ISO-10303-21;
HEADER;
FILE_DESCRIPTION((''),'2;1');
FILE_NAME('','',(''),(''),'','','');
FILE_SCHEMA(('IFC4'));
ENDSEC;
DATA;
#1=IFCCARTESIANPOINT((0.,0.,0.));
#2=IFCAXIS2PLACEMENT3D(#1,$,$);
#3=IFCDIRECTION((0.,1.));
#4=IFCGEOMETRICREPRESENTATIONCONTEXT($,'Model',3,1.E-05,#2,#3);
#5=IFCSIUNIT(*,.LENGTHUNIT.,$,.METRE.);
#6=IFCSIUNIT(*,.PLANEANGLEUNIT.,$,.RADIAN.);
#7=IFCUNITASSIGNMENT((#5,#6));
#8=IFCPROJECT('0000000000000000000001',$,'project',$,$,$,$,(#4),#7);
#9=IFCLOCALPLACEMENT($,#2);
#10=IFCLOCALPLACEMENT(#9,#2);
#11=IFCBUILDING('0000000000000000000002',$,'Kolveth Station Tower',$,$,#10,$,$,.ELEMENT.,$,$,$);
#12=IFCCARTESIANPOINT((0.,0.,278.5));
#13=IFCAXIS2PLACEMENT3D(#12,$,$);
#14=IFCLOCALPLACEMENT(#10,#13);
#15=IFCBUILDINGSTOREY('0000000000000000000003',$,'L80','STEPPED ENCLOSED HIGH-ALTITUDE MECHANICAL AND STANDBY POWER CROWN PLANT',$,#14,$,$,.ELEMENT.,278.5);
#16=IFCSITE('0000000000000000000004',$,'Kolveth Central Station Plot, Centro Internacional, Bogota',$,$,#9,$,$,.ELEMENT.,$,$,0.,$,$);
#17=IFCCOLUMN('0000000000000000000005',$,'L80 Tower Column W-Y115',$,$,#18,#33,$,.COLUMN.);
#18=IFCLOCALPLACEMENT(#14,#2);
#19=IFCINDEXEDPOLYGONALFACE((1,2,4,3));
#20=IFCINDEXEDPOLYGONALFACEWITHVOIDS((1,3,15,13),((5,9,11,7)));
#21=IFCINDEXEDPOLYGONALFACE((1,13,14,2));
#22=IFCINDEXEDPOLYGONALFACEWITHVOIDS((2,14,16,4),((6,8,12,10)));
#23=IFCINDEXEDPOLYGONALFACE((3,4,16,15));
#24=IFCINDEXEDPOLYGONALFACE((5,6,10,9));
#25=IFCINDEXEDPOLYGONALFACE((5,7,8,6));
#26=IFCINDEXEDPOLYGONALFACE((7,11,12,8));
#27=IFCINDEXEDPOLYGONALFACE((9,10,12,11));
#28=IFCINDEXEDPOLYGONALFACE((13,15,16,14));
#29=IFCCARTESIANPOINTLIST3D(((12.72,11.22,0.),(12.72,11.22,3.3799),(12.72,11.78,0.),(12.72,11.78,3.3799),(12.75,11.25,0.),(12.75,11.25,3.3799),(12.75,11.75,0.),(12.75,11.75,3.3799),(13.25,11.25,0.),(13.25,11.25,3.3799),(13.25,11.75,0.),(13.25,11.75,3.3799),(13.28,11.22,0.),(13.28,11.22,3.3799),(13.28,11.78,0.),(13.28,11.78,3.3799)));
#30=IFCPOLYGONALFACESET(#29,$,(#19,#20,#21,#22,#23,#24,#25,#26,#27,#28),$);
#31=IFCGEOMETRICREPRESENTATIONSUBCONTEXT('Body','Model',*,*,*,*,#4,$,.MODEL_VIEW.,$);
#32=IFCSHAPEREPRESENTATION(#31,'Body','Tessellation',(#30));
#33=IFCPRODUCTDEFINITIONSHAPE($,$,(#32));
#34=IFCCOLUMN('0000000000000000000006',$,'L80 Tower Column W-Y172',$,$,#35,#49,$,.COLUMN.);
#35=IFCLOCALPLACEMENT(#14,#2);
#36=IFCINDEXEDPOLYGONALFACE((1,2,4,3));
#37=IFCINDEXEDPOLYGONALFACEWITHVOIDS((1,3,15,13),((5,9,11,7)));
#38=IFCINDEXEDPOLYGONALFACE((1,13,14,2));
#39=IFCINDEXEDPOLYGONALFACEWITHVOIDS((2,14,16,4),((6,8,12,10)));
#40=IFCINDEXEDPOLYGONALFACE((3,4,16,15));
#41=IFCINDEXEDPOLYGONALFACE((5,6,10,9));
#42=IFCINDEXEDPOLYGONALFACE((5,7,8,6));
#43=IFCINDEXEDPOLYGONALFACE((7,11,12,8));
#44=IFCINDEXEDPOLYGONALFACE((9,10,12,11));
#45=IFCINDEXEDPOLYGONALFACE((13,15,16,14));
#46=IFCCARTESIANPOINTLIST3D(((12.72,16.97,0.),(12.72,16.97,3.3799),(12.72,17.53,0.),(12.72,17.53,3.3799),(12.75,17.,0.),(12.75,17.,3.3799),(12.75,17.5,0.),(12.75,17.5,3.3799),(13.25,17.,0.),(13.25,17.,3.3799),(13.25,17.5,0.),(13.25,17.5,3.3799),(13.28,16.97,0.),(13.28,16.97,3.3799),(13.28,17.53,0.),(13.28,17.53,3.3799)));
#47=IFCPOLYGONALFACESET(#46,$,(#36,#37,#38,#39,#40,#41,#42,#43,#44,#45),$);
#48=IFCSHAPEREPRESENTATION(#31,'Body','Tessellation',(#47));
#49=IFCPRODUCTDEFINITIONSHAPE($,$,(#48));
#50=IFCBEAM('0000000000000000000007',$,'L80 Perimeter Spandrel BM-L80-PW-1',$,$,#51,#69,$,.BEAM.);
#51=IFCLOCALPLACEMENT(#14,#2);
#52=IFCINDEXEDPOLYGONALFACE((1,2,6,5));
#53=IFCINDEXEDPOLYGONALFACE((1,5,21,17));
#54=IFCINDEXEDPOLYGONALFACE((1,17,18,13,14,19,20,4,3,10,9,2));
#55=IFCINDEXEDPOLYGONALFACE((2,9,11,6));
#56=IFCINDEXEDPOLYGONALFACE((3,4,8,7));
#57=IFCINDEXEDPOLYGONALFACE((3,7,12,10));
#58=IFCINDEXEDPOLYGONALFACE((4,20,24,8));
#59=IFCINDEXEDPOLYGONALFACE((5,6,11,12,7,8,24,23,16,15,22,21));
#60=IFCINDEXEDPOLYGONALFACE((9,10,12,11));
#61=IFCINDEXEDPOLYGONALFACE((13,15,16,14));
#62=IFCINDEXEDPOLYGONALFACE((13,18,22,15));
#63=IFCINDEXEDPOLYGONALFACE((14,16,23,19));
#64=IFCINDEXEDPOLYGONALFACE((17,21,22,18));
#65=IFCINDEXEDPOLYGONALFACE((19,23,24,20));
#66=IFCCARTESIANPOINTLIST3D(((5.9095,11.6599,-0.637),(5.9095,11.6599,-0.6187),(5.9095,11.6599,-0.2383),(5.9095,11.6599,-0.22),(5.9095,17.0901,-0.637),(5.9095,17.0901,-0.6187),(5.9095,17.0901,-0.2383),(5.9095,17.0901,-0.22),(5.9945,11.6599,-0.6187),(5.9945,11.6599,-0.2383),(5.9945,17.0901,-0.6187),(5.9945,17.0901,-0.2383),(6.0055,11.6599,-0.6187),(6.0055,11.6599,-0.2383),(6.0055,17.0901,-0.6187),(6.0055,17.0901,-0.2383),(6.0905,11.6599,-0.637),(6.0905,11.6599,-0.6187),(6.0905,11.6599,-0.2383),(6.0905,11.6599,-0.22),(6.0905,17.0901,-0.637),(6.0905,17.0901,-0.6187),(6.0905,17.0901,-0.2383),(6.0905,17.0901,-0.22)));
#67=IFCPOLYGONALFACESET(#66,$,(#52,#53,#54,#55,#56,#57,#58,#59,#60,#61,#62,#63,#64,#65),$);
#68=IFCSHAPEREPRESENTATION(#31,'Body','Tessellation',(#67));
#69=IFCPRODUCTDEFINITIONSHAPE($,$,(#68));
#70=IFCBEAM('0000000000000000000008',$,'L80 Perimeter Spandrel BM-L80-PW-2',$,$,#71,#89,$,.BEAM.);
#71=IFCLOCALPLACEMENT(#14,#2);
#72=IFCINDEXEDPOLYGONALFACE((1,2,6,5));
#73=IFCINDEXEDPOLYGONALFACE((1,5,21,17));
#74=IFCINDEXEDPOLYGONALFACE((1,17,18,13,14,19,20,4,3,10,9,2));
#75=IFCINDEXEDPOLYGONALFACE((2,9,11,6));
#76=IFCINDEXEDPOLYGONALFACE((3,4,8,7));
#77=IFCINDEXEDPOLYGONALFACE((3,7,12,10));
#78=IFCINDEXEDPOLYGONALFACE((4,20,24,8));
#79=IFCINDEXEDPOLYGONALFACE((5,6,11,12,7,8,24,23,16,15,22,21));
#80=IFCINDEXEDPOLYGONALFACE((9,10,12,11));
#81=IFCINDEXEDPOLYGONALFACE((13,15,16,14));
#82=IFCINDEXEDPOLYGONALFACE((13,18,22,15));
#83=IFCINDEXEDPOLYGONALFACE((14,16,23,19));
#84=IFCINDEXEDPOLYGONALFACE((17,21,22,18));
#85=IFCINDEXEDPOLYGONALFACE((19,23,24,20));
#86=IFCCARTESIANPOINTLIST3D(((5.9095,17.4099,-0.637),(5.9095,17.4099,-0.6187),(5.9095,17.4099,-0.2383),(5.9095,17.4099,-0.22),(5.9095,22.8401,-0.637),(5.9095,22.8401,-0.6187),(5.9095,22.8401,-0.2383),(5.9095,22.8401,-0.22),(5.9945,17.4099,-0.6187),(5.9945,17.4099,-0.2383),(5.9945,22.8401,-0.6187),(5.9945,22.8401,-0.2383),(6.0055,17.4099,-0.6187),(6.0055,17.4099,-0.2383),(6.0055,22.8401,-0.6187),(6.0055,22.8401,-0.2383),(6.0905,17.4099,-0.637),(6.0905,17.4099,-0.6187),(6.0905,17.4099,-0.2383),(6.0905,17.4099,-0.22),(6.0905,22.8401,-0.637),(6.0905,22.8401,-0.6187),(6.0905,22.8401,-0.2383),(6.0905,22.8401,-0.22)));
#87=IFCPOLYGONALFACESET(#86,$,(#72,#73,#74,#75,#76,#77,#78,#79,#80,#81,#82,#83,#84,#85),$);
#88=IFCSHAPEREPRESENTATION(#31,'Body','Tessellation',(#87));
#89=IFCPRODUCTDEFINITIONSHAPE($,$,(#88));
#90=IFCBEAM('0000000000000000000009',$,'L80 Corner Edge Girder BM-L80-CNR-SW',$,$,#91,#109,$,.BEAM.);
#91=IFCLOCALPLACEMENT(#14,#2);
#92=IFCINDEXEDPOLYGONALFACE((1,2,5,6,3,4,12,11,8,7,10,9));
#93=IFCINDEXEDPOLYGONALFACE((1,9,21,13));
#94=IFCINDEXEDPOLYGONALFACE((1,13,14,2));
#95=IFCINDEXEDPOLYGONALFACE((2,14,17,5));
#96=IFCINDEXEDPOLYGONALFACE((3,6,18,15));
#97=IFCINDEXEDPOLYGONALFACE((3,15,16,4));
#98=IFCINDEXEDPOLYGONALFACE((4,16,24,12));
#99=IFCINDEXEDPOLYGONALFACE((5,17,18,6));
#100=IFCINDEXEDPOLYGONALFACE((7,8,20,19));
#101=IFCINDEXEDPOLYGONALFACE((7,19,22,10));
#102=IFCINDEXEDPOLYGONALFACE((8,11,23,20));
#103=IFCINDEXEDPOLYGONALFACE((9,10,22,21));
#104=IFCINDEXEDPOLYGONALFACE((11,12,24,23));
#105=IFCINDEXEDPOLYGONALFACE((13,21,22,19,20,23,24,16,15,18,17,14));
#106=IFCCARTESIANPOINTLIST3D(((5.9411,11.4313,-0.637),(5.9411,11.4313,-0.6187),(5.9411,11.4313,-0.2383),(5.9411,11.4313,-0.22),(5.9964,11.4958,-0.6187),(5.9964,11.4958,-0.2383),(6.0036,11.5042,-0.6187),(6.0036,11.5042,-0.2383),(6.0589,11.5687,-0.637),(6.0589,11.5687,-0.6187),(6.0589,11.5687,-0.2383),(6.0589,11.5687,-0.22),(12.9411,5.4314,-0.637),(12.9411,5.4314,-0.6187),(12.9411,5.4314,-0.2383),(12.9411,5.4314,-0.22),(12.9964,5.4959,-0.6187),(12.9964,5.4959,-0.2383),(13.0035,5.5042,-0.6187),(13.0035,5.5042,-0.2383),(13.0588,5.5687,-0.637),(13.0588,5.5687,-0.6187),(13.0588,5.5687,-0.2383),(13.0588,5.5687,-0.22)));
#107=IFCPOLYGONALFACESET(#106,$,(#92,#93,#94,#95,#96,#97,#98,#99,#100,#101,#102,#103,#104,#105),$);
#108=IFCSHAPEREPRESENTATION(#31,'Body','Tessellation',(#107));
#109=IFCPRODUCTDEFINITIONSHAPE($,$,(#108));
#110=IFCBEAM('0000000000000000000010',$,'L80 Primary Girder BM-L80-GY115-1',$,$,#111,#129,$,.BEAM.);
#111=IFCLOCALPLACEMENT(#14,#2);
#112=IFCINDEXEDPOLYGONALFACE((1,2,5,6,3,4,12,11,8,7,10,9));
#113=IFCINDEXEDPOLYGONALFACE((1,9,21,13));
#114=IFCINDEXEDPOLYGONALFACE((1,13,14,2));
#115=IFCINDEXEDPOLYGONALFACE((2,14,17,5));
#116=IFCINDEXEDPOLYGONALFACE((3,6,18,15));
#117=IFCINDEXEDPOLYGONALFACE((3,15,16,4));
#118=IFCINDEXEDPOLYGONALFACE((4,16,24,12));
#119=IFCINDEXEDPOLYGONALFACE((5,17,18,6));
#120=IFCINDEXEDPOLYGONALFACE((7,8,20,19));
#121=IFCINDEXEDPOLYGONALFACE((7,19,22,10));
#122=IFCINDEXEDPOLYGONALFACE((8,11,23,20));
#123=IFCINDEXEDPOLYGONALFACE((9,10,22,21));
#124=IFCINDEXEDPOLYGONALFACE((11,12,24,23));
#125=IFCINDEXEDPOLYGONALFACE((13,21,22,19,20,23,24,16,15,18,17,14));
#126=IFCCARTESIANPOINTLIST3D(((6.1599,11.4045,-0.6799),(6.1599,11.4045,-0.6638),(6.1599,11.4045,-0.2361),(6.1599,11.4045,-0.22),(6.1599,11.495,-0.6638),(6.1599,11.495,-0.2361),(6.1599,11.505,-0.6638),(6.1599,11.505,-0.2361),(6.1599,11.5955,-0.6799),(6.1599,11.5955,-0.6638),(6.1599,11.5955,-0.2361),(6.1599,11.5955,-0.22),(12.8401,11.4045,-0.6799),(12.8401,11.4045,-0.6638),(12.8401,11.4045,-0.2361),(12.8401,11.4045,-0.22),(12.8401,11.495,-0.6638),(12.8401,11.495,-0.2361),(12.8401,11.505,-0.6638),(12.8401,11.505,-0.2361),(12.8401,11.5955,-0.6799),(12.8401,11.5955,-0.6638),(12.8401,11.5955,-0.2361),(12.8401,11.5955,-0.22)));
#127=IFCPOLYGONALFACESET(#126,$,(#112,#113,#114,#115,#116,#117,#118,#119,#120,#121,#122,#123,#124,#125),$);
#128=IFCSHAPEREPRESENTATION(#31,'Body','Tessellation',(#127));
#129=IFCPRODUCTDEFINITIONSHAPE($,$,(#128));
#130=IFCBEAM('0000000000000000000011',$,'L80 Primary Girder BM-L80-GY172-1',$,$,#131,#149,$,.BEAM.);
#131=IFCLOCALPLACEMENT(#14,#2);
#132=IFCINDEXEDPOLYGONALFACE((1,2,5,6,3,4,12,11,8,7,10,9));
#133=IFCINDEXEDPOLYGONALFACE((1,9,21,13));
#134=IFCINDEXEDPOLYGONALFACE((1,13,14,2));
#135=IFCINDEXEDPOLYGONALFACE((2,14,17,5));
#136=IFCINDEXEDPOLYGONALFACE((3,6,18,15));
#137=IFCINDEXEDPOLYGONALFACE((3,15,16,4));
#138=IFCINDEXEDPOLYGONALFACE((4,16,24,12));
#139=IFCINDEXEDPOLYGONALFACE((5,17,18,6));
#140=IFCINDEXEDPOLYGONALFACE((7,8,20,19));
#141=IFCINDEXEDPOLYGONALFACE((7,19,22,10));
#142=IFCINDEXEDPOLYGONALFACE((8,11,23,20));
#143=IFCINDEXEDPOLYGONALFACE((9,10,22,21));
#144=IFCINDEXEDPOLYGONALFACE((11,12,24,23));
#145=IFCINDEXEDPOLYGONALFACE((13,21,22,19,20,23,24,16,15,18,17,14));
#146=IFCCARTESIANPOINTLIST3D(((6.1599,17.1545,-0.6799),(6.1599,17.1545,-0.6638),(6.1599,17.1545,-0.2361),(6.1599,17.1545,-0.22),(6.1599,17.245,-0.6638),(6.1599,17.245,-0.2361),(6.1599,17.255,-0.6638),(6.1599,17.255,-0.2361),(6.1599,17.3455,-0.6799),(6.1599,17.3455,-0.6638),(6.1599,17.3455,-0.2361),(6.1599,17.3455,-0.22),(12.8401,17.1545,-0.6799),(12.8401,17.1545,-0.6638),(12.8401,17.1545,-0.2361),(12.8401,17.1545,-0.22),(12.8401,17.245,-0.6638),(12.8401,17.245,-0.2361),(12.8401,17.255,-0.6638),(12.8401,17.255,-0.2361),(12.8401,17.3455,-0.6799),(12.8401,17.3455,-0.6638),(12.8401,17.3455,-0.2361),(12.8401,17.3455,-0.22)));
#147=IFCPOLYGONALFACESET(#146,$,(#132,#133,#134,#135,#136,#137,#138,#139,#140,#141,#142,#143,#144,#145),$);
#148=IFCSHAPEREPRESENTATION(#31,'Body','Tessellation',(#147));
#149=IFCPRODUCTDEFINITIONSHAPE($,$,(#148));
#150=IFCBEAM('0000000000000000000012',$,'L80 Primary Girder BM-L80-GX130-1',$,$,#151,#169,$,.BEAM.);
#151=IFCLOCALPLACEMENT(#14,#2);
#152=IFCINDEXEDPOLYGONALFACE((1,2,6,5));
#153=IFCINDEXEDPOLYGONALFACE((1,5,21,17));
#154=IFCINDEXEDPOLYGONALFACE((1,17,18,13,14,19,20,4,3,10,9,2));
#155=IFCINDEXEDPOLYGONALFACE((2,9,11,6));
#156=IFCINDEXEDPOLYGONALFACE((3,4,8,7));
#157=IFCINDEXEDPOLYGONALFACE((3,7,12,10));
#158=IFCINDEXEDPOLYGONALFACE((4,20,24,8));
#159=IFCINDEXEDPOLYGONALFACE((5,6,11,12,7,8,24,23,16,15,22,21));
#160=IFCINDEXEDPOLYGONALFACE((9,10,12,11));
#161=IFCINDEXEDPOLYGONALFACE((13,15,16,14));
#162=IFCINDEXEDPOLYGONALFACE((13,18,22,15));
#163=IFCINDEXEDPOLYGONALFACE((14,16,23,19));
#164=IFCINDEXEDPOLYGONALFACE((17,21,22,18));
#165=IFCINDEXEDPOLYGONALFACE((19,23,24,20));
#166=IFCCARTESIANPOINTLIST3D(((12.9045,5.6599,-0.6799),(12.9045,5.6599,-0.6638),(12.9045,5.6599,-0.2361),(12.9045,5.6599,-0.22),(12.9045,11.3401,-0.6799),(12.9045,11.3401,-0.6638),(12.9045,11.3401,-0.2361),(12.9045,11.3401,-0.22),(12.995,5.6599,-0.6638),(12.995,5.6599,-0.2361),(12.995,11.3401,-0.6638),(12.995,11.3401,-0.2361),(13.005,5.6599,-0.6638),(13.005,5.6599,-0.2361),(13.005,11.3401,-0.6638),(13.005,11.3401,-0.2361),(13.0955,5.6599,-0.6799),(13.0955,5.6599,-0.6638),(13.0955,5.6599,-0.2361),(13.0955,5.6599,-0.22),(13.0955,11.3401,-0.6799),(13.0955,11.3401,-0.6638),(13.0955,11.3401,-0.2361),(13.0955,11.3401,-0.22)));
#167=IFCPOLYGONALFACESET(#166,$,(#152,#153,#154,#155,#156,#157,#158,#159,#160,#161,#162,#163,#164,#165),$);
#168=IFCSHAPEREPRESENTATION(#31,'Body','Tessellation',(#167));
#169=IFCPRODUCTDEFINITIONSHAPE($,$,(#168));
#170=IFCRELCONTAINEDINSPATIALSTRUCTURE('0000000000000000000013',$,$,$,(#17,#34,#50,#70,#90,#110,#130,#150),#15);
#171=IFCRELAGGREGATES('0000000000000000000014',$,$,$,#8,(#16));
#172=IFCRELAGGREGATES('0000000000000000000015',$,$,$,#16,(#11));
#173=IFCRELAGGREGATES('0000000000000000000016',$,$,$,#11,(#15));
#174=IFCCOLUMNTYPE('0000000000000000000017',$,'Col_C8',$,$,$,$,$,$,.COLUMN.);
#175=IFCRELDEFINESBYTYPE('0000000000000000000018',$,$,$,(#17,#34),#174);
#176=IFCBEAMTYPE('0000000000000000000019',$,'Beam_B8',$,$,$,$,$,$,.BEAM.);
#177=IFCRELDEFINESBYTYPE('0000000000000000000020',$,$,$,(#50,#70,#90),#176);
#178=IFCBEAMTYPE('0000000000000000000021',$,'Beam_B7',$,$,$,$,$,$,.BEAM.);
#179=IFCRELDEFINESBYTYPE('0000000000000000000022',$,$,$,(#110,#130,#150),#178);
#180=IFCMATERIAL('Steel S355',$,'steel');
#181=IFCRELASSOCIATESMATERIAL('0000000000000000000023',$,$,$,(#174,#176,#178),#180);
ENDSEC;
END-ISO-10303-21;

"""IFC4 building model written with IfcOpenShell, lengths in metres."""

from ifc_helpers import new_model, si_unit, direction, frame, origin, origin_2d, place, context, subcontext, project, spatial, hollow_rectangle, i_section, extrude, source, transform, mapped, material, material_profile, profile_set, type_object, element, save


model = new_model("IFC4")

# Units and contexts
model_context = context("Model", 3, precision=1e-05, world=origin(), true_north=direction((0.0, 1.0)))
body_context = subcontext(model_context, "Body", "Model", "MODEL_VIEW")
ifc_project = project(units=[si_unit("LENGTHUNIT", "METRE"), si_unit("PLANEANGLEUNIT", "RADIAN")], contexts=[model_context])

# Site, building, storey
site_placement = place(None, origin())
site = spatial("IfcSite", under=ifc_project, at=site_placement, Name="Kolveth Central Station Plot, Centro Internacional, Bogota", CompositionType="ELEMENT", RefElevation=0.0)
building_placement = place(site_placement, origin())
building = spatial("IfcBuilding", under=site, at=building_placement, Name="Kolveth Station Tower", CompositionType="ELEMENT")
storey_placement = place(building_placement, frame((0.0, 0.0, 278.5)))
storey = spatial("IfcBuildingStorey", under=building, at=storey_placement, Name="L80", Description="STEPPED ENCLOSED HIGH-ALTITUDE MECHANICAL AND STANDBY POWER CROWN PLANT", CompositionType="ELEMENT", Elevation=278.5)

# Columns
ifc_material_1 = material(Name="Steel S355", Category="steel")
ifc_material_profile_1 = material_profile(ifc_material_1, hollow_rectangle(XDim=0.5601, YDim=0.5601, WallThickness=0.03, at=origin_2d()), Name="BOX560x560x30")
ifc_profile_set_1 = profile_set([ifc_material_profile_1], Name="Steel S355")
column_type = type_object("IfcColumnType", Name="Col_C8", PredefinedType="COLUMN", material=ifc_profile_set_1)
shared_shape_1 = source(origin(), body_context, "Body", "SweptSolid", [
    extrude(hollow_rectangle(XDim=0.5601, YDim=0.5601, WallThickness=0.03, at=origin_2d()), origin(), (0.0, 0.0, 1.0), 3.3799),
])
for number, where, z_axis, x_axis, name in (
    (1, (13.0, 11.5, 0.0), (0.0, 0.0, 1.0), (1.0, 0.0, 0.0), "L80 Tower Column W-Y115"),
    (2, (13.0, 17.25, 0.0), (0.0, 0.0, 1.0), (1.0, 0.0, 0.0), "L80 Tower Column W-Y172"),
):
    element("IfcColumn", number, at=place(storey_placement, frame(where, z_axis=z_axis, x_axis=x_axis)), inside=storey, type_object=column_type, Name=name, PredefinedType="COLUMN", context=body_context, shape_type="MappedRepresentation", body=[
        mapped(shared_shape_1, transform((0.0, 0.0, 0.0), x_axis=(1.0, 0.0, 0.0), y_axis=(0.0, 1.0, 0.0), z_axis=(0.0, 0.0, 1.0), scale=1.0)),
    ])

# Beams
ifc_material_profile_2 = material_profile(ifc_material_1, i_section(OverallWidth=0.1809, OverallDepth=0.417, WebThickness=0.011, FlangeThickness=0.0183, at=origin_2d()), Name="W410x85")
ifc_profile_set_2 = profile_set([ifc_material_profile_2], Name="Steel S355")
beam_type_1 = type_object("IfcBeamType", Name="Beam_B8", PredefinedType="BEAM", material=ifc_profile_set_2)
shared_shape_2 = source(origin(), body_context, "Body", "SweptSolid", [
    extrude(i_section(OverallWidth=0.1809, OverallDepth=0.417, WebThickness=0.011, FlangeThickness=0.0183, at=origin_2d()), origin(), (0.0, 0.0, 1.0), 5.4302),
])
for number, where, z_axis, x_axis, name in (
    (3, (6.0, 11.6599, -0.4285), (0.0, 1.0, 0.0), (-1.0, 0.0, 0.0), "L80 Perimeter Spandrel BM-L80-PW-1"),
    (4, (6.0, 17.4099, -0.4285), (0.0, 1.0, 0.0), (-1.0, 0.0, 0.0), "L80 Perimeter Spandrel BM-L80-PW-2"),
):
    element("IfcBeam", number, at=place(storey_placement, frame(where, z_axis=z_axis, x_axis=x_axis)), inside=storey, type_object=beam_type_1, Name=name, PredefinedType="BEAM", context=body_context, shape_type="MappedRepresentation", body=[
        mapped(shared_shape_2, transform((0.0, 0.0, 0.0), x_axis=(1.0, 0.0, 0.0), y_axis=(0.0, 1.0, 0.0), z_axis=(0.0, 0.0, 1.0), scale=1.0)),
    ])
shared_shape_3 = source(origin(), body_context, "Body", "SweptSolid", [
    extrude(i_section(OverallWidth=0.1809, OverallDepth=0.417, WebThickness=0.011, FlangeThickness=0.0183, at=origin_2d()), origin(), (0.0, 0.0, 1.0), 9.2195),
])
beam_1_placement = place(storey_placement, frame((6.0, 11.5, -0.4285), z_axis=(0.759257, -0.650791, 0.0), x_axis=(0.650791, 0.759257, 0.0)))
element("IfcBeam", 5, at=beam_1_placement, inside=storey, type_object=beam_type_1, Name="L80 Corner Edge Girder BM-L80-CNR-SW", PredefinedType="BEAM", context=body_context, shape_type="MappedRepresentation", body=[
    mapped(shared_shape_3, transform((0.0, 0.0, 0.0), x_axis=(1.0, 0.0, 0.0), y_axis=(0.0, 1.0, 0.0), z_axis=(0.0, 0.0, 1.0), scale=1.0)),
])
ifc_material_profile_3 = material_profile(ifc_material_1, i_section(OverallWidth=0.1909, OverallDepth=0.46, WebThickness=0.01, FlangeThickness=0.0161, at=origin_2d()), Name="W460x82")
ifc_profile_set_3 = profile_set([ifc_material_profile_3], Name="Steel S355")
beam_type_2 = type_object("IfcBeamType", Name="Beam_B7", PredefinedType="BEAM", material=ifc_profile_set_3)
shared_shape_4 = source(origin(), body_context, "Body", "SweptSolid", [
    extrude(i_section(OverallWidth=0.1909, OverallDepth=0.46, WebThickness=0.01, FlangeThickness=0.0161, at=origin_2d()), origin(), (0.0, 0.0, 1.0), 6.6802),
])
for number, where, z_axis, x_axis, name in (
    (6, (6.1599, 11.5, -0.45), (1.0, 0.0, 0.0), (0.0, 1.0, 0.0), "L80 Primary Girder BM-L80-GY115-1"),
    (7, (6.1599, 17.25, -0.45), (1.0, 0.0, 0.0), (0.0, 1.0, 0.0), "L80 Primary Girder BM-L80-GY172-1"),
):
    element("IfcBeam", number, at=place(storey_placement, frame(where, z_axis=z_axis, x_axis=x_axis)), inside=storey, type_object=beam_type_2, Name=name, PredefinedType="BEAM", context=body_context, shape_type="MappedRepresentation", body=[
        mapped(shared_shape_4, transform((0.0, 0.0, 0.0), x_axis=(1.0, 0.0, 0.0), y_axis=(0.0, 1.0, 0.0), z_axis=(0.0, 0.0, 1.0), scale=1.0)),
    ])
shared_shape_5 = source(origin(), body_context, "Body", "SweptSolid", [
    extrude(i_section(OverallWidth=0.1909, OverallDepth=0.46, WebThickness=0.01, FlangeThickness=0.0161, at=origin_2d()), origin(), (0.0, 0.0, 1.0), 5.6802),
])
beam_2_placement = place(storey_placement, frame((13.0, 5.6599, -0.45), z_axis=(0.0, 1.0, 0.0), x_axis=(-1.0, 0.0, 0.0)))
element("IfcBeam", 8, at=beam_2_placement, inside=storey, type_object=beam_type_2, Name="L80 Primary Girder BM-L80-GX130-1", PredefinedType="BEAM", context=body_context, shape_type="MappedRepresentation", body=[
    mapped(shared_shape_5, transform((0.0, 0.0, 0.0), x_axis=(1.0, 0.0, 0.0), y_axis=(0.0, 1.0, 0.0), z_axis=(0.0, 0.0, 1.0), scale=1.0)),
])

save(model, "model.ifc")
